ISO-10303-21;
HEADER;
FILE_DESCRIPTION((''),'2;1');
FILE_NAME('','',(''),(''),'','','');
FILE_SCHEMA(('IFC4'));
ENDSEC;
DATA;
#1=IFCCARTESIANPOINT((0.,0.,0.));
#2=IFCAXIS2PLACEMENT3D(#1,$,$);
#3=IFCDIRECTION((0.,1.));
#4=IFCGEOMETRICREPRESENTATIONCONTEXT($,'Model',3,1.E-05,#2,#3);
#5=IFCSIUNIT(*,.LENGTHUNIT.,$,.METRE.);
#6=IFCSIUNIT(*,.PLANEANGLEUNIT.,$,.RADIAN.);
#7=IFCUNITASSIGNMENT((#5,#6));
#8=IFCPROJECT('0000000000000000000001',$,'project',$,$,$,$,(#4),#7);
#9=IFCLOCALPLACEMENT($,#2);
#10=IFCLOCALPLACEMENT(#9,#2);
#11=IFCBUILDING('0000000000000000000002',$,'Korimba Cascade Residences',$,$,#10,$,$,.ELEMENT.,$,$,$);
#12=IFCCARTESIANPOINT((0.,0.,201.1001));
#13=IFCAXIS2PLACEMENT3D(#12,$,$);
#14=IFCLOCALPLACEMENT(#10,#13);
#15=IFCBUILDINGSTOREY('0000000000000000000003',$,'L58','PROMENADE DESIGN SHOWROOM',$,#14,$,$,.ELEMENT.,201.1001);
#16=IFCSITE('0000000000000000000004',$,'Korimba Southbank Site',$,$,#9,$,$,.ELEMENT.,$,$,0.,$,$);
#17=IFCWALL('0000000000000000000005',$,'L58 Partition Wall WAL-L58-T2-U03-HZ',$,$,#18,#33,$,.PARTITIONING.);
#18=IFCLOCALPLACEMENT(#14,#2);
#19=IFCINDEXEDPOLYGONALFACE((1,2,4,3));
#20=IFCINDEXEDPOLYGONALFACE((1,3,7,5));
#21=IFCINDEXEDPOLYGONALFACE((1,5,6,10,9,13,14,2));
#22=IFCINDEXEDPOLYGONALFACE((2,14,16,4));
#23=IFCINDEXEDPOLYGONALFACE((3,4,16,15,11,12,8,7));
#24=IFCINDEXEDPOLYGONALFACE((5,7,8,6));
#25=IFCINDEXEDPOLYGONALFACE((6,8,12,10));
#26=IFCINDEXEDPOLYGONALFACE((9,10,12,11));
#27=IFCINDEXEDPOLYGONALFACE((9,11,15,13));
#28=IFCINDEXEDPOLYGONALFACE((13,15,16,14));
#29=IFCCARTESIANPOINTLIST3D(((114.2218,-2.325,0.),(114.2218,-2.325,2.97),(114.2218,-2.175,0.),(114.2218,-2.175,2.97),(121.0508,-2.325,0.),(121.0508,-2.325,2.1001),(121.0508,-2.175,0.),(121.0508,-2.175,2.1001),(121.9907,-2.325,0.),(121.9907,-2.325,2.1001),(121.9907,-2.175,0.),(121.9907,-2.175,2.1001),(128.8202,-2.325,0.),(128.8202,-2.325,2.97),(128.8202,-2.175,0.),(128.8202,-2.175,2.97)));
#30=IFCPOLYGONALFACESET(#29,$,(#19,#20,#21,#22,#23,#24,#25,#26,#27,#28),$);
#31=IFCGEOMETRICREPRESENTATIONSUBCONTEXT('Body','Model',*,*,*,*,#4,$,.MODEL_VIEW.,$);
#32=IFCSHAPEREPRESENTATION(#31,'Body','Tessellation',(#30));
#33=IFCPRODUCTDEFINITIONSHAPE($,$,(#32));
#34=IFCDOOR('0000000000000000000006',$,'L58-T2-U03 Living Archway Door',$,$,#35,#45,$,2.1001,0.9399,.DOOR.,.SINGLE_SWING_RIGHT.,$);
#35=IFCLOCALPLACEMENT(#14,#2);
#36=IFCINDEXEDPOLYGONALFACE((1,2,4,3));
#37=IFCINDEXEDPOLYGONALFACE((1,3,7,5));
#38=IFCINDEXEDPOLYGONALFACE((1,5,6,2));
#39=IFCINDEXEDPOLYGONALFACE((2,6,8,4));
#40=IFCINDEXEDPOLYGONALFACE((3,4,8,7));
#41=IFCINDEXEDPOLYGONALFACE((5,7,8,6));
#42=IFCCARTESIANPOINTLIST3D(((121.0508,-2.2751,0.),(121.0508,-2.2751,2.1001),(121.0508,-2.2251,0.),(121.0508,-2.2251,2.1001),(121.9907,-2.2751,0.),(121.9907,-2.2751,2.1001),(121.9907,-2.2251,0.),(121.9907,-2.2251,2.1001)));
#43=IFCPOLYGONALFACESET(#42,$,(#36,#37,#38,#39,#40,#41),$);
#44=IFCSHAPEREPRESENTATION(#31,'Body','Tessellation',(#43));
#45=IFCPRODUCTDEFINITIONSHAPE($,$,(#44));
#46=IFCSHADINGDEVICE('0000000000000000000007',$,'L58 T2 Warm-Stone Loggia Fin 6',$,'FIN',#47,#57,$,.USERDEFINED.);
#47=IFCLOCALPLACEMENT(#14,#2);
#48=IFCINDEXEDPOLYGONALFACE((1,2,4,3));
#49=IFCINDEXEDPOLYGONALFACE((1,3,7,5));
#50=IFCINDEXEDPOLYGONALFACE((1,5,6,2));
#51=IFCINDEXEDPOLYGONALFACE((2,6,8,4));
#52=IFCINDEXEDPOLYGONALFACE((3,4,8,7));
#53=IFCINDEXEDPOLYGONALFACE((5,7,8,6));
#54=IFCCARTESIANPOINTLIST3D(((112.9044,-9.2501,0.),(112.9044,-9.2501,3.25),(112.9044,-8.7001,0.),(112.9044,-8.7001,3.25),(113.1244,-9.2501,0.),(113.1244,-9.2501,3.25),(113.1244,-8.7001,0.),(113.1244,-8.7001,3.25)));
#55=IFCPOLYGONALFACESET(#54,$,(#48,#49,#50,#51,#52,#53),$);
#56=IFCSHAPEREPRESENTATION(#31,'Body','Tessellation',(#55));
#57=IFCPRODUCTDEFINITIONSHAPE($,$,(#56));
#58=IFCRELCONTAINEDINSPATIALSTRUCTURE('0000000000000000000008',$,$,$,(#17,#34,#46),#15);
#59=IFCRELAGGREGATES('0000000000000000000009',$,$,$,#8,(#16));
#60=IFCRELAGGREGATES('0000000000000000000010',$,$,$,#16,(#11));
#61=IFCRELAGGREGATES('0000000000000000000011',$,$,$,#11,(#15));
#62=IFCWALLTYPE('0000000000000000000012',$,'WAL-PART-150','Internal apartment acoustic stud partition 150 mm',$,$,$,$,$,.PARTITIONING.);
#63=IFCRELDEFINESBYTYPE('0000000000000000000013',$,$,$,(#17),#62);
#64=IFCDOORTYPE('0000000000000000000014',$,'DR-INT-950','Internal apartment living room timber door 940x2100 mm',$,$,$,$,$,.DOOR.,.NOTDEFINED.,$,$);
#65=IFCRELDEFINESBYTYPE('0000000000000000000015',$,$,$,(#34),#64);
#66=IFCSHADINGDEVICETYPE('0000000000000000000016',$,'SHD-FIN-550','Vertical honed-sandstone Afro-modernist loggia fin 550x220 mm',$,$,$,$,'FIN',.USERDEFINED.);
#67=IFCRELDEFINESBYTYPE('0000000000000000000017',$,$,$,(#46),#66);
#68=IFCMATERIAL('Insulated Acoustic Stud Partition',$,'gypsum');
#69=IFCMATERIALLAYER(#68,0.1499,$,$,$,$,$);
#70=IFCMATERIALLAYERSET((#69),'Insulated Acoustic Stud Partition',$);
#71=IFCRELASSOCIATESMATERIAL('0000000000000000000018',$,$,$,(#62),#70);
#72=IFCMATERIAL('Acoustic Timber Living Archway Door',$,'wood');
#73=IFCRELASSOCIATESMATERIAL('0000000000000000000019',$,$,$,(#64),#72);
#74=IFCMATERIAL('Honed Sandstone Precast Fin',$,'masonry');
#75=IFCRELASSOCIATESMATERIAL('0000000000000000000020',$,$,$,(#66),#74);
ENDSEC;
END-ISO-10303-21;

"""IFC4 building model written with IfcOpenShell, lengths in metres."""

from ifc_helpers import new_model, si_unit, direction, frame, frame_2d, origin, origin_2d, place, context, subcontext, project, spatial, rectangle, extrude, material, layer, layer_set, type_object, element, fill, save


model = new_model("IFC4")

# Units and contexts
model_context = context("Model", 3, precision=1e-05, world=origin(), true_north=direction((0.0, 1.0)))
body_context = subcontext(model_context, "Body", "Model", "MODEL_VIEW")
ifc_project = project(units=[si_unit("LENGTHUNIT", "METRE"), si_unit("PLANEANGLEUNIT", "RADIAN")], contexts=[model_context])

# Site, building, storey
site_placement = place(None, origin())
site = spatial("IfcSite", under=ifc_project, at=site_placement, Name="Korimba Southbank Site", CompositionType="ELEMENT", RefElevation=0.0)
building_placement = place(site_placement, origin())
building = spatial("IfcBuilding", under=site, at=building_placement, Name="Korimba Cascade Residences", CompositionType="ELEMENT")
storey_placement = place(building_placement, frame((0.0, 0.0, 201.1001)))
storey = spatial("IfcBuildingStorey", under=building, at=storey_placement, Name="L58", Description="PROMENADE DESIGN SHOWROOM", CompositionType="ELEMENT", Elevation=201.1001)

# Shared definitions
ifc_material_1 = material(Name="Insulated Acoustic Stud Partition", Category="gypsum")
ifc_layer_1 = layer(ifc_material_1, 0.1499)
ifc_layer_set_1 = layer_set([ifc_layer_1], Name="Insulated Acoustic Stud Partition")
wall_type_1 = type_object("IfcWallType", Name="WAL-PART-150", Description="Internal apartment acoustic stud partition 150 mm", PredefinedType="PARTITIONING", material=ifc_layer_set_1)

# Wall, opening, door
wall_1_placement = place(storey_placement, frame((114.2217, -2.25, 0.0), z_axis=(0.0, 0.0, 1.0), x_axis=(1.0, 0.0, 0.0)))
wall_1 = element("IfcWall", 1, at=wall_1_placement, inside=storey, type_object=wall_type_1, Name="L58 Partition Wall WAL-L58-T2-U03-HZ", PredefinedType="PARTITIONING", context=body_context, shape_type="SweptSolid", body=[
    extrude(rectangle(XDim=14.5984, YDim=0.1499, at=frame_2d((7.2993, 0.0))), origin(), (0.0, 0.0, 1.0), 2.97),
])
opening_1_placement = place(wall_1_placement, frame((6.8291, 0.0, 0.0)))
opening_1 = element("IfcOpeningElement", 2, at=opening_1_placement, cuts=wall_1, PredefinedType="OPENING", context=body_context, shape_type="SweptSolid", body=[
    extrude(rectangle(XDim=0.9399, YDim=2.1001, at=frame_2d((0.47, 1.05))), frame((0.0, 0.085, 0.0), z_axis=(0.0, -1.0, 0.0), x_axis=(1.0, 0.0, 0.0)), (0.0, 0.0, 1.0), 0.1699),
])
ifc_material_2 = material(Name="Acoustic Timber Living Archway Door", Category="wood")
door_type_1 = type_object("IfcDoorType", Name="DR-INT-950", Description="Internal apartment living room timber door 940x2100 mm", OperationType="NOTDEFINED", PredefinedType="DOOR", material=ifc_material_2)
door_1_placement = place(opening_1_placement, origin())
door_1 = element("IfcDoor", 3, at=door_1_placement, inside=storey, type_object=door_type_1, Name="L58-T2-U03 Living Archway Door", OperationType="SINGLE_SWING_RIGHT", OverallHeight=2.1001, OverallWidth=0.9399, PredefinedType="DOOR", context=body_context, shape_type="SweptSolid", body=[
    extrude(rectangle(XDim=0.9399, YDim=2.1001, at=frame_2d((0.47, 1.05))), frame((0.0, 0.0249, 0.0), z_axis=(0.0, -1.0, 0.0), x_axis=(1.0, 0.0, 0.0)), (0.0, 0.0, 1.0), 0.05),
])
fill(opening_1, door_1)

# Shading device
ifc_material_3 = material(Name="Honed Sandstone Precast Fin", Category="masonry")
shading_device_type = type_object("IfcShadingDeviceType", Name="SHD-FIN-550", Description="Vertical honed-sandstone Afro-modernist loggia fin 550x220 mm", ElementType="FIN", PredefinedType="USERDEFINED", material=ifc_material_3)
shading_device_placement = place(storey_placement, frame((113.0144, -8.9751, 0.0), z_axis=(0.0, 0.0, 1.0), x_axis=(1.0, 0.0, 0.0)))
element("IfcShadingDevice", 4, at=shading_device_placement, inside=storey, type_object=shading_device_type, Name="L58 T2 Warm-Stone Loggia Fin 6", ObjectType="FIN", PredefinedType="USERDEFINED", context=body_context, shape_type="SweptSolid", body=[
    extrude(rectangle(XDim=0.22, YDim=0.55, at=origin_2d()), origin(), (0.0, 0.0, 1.0), 3.25),
])

save(model, "model.ifc")
